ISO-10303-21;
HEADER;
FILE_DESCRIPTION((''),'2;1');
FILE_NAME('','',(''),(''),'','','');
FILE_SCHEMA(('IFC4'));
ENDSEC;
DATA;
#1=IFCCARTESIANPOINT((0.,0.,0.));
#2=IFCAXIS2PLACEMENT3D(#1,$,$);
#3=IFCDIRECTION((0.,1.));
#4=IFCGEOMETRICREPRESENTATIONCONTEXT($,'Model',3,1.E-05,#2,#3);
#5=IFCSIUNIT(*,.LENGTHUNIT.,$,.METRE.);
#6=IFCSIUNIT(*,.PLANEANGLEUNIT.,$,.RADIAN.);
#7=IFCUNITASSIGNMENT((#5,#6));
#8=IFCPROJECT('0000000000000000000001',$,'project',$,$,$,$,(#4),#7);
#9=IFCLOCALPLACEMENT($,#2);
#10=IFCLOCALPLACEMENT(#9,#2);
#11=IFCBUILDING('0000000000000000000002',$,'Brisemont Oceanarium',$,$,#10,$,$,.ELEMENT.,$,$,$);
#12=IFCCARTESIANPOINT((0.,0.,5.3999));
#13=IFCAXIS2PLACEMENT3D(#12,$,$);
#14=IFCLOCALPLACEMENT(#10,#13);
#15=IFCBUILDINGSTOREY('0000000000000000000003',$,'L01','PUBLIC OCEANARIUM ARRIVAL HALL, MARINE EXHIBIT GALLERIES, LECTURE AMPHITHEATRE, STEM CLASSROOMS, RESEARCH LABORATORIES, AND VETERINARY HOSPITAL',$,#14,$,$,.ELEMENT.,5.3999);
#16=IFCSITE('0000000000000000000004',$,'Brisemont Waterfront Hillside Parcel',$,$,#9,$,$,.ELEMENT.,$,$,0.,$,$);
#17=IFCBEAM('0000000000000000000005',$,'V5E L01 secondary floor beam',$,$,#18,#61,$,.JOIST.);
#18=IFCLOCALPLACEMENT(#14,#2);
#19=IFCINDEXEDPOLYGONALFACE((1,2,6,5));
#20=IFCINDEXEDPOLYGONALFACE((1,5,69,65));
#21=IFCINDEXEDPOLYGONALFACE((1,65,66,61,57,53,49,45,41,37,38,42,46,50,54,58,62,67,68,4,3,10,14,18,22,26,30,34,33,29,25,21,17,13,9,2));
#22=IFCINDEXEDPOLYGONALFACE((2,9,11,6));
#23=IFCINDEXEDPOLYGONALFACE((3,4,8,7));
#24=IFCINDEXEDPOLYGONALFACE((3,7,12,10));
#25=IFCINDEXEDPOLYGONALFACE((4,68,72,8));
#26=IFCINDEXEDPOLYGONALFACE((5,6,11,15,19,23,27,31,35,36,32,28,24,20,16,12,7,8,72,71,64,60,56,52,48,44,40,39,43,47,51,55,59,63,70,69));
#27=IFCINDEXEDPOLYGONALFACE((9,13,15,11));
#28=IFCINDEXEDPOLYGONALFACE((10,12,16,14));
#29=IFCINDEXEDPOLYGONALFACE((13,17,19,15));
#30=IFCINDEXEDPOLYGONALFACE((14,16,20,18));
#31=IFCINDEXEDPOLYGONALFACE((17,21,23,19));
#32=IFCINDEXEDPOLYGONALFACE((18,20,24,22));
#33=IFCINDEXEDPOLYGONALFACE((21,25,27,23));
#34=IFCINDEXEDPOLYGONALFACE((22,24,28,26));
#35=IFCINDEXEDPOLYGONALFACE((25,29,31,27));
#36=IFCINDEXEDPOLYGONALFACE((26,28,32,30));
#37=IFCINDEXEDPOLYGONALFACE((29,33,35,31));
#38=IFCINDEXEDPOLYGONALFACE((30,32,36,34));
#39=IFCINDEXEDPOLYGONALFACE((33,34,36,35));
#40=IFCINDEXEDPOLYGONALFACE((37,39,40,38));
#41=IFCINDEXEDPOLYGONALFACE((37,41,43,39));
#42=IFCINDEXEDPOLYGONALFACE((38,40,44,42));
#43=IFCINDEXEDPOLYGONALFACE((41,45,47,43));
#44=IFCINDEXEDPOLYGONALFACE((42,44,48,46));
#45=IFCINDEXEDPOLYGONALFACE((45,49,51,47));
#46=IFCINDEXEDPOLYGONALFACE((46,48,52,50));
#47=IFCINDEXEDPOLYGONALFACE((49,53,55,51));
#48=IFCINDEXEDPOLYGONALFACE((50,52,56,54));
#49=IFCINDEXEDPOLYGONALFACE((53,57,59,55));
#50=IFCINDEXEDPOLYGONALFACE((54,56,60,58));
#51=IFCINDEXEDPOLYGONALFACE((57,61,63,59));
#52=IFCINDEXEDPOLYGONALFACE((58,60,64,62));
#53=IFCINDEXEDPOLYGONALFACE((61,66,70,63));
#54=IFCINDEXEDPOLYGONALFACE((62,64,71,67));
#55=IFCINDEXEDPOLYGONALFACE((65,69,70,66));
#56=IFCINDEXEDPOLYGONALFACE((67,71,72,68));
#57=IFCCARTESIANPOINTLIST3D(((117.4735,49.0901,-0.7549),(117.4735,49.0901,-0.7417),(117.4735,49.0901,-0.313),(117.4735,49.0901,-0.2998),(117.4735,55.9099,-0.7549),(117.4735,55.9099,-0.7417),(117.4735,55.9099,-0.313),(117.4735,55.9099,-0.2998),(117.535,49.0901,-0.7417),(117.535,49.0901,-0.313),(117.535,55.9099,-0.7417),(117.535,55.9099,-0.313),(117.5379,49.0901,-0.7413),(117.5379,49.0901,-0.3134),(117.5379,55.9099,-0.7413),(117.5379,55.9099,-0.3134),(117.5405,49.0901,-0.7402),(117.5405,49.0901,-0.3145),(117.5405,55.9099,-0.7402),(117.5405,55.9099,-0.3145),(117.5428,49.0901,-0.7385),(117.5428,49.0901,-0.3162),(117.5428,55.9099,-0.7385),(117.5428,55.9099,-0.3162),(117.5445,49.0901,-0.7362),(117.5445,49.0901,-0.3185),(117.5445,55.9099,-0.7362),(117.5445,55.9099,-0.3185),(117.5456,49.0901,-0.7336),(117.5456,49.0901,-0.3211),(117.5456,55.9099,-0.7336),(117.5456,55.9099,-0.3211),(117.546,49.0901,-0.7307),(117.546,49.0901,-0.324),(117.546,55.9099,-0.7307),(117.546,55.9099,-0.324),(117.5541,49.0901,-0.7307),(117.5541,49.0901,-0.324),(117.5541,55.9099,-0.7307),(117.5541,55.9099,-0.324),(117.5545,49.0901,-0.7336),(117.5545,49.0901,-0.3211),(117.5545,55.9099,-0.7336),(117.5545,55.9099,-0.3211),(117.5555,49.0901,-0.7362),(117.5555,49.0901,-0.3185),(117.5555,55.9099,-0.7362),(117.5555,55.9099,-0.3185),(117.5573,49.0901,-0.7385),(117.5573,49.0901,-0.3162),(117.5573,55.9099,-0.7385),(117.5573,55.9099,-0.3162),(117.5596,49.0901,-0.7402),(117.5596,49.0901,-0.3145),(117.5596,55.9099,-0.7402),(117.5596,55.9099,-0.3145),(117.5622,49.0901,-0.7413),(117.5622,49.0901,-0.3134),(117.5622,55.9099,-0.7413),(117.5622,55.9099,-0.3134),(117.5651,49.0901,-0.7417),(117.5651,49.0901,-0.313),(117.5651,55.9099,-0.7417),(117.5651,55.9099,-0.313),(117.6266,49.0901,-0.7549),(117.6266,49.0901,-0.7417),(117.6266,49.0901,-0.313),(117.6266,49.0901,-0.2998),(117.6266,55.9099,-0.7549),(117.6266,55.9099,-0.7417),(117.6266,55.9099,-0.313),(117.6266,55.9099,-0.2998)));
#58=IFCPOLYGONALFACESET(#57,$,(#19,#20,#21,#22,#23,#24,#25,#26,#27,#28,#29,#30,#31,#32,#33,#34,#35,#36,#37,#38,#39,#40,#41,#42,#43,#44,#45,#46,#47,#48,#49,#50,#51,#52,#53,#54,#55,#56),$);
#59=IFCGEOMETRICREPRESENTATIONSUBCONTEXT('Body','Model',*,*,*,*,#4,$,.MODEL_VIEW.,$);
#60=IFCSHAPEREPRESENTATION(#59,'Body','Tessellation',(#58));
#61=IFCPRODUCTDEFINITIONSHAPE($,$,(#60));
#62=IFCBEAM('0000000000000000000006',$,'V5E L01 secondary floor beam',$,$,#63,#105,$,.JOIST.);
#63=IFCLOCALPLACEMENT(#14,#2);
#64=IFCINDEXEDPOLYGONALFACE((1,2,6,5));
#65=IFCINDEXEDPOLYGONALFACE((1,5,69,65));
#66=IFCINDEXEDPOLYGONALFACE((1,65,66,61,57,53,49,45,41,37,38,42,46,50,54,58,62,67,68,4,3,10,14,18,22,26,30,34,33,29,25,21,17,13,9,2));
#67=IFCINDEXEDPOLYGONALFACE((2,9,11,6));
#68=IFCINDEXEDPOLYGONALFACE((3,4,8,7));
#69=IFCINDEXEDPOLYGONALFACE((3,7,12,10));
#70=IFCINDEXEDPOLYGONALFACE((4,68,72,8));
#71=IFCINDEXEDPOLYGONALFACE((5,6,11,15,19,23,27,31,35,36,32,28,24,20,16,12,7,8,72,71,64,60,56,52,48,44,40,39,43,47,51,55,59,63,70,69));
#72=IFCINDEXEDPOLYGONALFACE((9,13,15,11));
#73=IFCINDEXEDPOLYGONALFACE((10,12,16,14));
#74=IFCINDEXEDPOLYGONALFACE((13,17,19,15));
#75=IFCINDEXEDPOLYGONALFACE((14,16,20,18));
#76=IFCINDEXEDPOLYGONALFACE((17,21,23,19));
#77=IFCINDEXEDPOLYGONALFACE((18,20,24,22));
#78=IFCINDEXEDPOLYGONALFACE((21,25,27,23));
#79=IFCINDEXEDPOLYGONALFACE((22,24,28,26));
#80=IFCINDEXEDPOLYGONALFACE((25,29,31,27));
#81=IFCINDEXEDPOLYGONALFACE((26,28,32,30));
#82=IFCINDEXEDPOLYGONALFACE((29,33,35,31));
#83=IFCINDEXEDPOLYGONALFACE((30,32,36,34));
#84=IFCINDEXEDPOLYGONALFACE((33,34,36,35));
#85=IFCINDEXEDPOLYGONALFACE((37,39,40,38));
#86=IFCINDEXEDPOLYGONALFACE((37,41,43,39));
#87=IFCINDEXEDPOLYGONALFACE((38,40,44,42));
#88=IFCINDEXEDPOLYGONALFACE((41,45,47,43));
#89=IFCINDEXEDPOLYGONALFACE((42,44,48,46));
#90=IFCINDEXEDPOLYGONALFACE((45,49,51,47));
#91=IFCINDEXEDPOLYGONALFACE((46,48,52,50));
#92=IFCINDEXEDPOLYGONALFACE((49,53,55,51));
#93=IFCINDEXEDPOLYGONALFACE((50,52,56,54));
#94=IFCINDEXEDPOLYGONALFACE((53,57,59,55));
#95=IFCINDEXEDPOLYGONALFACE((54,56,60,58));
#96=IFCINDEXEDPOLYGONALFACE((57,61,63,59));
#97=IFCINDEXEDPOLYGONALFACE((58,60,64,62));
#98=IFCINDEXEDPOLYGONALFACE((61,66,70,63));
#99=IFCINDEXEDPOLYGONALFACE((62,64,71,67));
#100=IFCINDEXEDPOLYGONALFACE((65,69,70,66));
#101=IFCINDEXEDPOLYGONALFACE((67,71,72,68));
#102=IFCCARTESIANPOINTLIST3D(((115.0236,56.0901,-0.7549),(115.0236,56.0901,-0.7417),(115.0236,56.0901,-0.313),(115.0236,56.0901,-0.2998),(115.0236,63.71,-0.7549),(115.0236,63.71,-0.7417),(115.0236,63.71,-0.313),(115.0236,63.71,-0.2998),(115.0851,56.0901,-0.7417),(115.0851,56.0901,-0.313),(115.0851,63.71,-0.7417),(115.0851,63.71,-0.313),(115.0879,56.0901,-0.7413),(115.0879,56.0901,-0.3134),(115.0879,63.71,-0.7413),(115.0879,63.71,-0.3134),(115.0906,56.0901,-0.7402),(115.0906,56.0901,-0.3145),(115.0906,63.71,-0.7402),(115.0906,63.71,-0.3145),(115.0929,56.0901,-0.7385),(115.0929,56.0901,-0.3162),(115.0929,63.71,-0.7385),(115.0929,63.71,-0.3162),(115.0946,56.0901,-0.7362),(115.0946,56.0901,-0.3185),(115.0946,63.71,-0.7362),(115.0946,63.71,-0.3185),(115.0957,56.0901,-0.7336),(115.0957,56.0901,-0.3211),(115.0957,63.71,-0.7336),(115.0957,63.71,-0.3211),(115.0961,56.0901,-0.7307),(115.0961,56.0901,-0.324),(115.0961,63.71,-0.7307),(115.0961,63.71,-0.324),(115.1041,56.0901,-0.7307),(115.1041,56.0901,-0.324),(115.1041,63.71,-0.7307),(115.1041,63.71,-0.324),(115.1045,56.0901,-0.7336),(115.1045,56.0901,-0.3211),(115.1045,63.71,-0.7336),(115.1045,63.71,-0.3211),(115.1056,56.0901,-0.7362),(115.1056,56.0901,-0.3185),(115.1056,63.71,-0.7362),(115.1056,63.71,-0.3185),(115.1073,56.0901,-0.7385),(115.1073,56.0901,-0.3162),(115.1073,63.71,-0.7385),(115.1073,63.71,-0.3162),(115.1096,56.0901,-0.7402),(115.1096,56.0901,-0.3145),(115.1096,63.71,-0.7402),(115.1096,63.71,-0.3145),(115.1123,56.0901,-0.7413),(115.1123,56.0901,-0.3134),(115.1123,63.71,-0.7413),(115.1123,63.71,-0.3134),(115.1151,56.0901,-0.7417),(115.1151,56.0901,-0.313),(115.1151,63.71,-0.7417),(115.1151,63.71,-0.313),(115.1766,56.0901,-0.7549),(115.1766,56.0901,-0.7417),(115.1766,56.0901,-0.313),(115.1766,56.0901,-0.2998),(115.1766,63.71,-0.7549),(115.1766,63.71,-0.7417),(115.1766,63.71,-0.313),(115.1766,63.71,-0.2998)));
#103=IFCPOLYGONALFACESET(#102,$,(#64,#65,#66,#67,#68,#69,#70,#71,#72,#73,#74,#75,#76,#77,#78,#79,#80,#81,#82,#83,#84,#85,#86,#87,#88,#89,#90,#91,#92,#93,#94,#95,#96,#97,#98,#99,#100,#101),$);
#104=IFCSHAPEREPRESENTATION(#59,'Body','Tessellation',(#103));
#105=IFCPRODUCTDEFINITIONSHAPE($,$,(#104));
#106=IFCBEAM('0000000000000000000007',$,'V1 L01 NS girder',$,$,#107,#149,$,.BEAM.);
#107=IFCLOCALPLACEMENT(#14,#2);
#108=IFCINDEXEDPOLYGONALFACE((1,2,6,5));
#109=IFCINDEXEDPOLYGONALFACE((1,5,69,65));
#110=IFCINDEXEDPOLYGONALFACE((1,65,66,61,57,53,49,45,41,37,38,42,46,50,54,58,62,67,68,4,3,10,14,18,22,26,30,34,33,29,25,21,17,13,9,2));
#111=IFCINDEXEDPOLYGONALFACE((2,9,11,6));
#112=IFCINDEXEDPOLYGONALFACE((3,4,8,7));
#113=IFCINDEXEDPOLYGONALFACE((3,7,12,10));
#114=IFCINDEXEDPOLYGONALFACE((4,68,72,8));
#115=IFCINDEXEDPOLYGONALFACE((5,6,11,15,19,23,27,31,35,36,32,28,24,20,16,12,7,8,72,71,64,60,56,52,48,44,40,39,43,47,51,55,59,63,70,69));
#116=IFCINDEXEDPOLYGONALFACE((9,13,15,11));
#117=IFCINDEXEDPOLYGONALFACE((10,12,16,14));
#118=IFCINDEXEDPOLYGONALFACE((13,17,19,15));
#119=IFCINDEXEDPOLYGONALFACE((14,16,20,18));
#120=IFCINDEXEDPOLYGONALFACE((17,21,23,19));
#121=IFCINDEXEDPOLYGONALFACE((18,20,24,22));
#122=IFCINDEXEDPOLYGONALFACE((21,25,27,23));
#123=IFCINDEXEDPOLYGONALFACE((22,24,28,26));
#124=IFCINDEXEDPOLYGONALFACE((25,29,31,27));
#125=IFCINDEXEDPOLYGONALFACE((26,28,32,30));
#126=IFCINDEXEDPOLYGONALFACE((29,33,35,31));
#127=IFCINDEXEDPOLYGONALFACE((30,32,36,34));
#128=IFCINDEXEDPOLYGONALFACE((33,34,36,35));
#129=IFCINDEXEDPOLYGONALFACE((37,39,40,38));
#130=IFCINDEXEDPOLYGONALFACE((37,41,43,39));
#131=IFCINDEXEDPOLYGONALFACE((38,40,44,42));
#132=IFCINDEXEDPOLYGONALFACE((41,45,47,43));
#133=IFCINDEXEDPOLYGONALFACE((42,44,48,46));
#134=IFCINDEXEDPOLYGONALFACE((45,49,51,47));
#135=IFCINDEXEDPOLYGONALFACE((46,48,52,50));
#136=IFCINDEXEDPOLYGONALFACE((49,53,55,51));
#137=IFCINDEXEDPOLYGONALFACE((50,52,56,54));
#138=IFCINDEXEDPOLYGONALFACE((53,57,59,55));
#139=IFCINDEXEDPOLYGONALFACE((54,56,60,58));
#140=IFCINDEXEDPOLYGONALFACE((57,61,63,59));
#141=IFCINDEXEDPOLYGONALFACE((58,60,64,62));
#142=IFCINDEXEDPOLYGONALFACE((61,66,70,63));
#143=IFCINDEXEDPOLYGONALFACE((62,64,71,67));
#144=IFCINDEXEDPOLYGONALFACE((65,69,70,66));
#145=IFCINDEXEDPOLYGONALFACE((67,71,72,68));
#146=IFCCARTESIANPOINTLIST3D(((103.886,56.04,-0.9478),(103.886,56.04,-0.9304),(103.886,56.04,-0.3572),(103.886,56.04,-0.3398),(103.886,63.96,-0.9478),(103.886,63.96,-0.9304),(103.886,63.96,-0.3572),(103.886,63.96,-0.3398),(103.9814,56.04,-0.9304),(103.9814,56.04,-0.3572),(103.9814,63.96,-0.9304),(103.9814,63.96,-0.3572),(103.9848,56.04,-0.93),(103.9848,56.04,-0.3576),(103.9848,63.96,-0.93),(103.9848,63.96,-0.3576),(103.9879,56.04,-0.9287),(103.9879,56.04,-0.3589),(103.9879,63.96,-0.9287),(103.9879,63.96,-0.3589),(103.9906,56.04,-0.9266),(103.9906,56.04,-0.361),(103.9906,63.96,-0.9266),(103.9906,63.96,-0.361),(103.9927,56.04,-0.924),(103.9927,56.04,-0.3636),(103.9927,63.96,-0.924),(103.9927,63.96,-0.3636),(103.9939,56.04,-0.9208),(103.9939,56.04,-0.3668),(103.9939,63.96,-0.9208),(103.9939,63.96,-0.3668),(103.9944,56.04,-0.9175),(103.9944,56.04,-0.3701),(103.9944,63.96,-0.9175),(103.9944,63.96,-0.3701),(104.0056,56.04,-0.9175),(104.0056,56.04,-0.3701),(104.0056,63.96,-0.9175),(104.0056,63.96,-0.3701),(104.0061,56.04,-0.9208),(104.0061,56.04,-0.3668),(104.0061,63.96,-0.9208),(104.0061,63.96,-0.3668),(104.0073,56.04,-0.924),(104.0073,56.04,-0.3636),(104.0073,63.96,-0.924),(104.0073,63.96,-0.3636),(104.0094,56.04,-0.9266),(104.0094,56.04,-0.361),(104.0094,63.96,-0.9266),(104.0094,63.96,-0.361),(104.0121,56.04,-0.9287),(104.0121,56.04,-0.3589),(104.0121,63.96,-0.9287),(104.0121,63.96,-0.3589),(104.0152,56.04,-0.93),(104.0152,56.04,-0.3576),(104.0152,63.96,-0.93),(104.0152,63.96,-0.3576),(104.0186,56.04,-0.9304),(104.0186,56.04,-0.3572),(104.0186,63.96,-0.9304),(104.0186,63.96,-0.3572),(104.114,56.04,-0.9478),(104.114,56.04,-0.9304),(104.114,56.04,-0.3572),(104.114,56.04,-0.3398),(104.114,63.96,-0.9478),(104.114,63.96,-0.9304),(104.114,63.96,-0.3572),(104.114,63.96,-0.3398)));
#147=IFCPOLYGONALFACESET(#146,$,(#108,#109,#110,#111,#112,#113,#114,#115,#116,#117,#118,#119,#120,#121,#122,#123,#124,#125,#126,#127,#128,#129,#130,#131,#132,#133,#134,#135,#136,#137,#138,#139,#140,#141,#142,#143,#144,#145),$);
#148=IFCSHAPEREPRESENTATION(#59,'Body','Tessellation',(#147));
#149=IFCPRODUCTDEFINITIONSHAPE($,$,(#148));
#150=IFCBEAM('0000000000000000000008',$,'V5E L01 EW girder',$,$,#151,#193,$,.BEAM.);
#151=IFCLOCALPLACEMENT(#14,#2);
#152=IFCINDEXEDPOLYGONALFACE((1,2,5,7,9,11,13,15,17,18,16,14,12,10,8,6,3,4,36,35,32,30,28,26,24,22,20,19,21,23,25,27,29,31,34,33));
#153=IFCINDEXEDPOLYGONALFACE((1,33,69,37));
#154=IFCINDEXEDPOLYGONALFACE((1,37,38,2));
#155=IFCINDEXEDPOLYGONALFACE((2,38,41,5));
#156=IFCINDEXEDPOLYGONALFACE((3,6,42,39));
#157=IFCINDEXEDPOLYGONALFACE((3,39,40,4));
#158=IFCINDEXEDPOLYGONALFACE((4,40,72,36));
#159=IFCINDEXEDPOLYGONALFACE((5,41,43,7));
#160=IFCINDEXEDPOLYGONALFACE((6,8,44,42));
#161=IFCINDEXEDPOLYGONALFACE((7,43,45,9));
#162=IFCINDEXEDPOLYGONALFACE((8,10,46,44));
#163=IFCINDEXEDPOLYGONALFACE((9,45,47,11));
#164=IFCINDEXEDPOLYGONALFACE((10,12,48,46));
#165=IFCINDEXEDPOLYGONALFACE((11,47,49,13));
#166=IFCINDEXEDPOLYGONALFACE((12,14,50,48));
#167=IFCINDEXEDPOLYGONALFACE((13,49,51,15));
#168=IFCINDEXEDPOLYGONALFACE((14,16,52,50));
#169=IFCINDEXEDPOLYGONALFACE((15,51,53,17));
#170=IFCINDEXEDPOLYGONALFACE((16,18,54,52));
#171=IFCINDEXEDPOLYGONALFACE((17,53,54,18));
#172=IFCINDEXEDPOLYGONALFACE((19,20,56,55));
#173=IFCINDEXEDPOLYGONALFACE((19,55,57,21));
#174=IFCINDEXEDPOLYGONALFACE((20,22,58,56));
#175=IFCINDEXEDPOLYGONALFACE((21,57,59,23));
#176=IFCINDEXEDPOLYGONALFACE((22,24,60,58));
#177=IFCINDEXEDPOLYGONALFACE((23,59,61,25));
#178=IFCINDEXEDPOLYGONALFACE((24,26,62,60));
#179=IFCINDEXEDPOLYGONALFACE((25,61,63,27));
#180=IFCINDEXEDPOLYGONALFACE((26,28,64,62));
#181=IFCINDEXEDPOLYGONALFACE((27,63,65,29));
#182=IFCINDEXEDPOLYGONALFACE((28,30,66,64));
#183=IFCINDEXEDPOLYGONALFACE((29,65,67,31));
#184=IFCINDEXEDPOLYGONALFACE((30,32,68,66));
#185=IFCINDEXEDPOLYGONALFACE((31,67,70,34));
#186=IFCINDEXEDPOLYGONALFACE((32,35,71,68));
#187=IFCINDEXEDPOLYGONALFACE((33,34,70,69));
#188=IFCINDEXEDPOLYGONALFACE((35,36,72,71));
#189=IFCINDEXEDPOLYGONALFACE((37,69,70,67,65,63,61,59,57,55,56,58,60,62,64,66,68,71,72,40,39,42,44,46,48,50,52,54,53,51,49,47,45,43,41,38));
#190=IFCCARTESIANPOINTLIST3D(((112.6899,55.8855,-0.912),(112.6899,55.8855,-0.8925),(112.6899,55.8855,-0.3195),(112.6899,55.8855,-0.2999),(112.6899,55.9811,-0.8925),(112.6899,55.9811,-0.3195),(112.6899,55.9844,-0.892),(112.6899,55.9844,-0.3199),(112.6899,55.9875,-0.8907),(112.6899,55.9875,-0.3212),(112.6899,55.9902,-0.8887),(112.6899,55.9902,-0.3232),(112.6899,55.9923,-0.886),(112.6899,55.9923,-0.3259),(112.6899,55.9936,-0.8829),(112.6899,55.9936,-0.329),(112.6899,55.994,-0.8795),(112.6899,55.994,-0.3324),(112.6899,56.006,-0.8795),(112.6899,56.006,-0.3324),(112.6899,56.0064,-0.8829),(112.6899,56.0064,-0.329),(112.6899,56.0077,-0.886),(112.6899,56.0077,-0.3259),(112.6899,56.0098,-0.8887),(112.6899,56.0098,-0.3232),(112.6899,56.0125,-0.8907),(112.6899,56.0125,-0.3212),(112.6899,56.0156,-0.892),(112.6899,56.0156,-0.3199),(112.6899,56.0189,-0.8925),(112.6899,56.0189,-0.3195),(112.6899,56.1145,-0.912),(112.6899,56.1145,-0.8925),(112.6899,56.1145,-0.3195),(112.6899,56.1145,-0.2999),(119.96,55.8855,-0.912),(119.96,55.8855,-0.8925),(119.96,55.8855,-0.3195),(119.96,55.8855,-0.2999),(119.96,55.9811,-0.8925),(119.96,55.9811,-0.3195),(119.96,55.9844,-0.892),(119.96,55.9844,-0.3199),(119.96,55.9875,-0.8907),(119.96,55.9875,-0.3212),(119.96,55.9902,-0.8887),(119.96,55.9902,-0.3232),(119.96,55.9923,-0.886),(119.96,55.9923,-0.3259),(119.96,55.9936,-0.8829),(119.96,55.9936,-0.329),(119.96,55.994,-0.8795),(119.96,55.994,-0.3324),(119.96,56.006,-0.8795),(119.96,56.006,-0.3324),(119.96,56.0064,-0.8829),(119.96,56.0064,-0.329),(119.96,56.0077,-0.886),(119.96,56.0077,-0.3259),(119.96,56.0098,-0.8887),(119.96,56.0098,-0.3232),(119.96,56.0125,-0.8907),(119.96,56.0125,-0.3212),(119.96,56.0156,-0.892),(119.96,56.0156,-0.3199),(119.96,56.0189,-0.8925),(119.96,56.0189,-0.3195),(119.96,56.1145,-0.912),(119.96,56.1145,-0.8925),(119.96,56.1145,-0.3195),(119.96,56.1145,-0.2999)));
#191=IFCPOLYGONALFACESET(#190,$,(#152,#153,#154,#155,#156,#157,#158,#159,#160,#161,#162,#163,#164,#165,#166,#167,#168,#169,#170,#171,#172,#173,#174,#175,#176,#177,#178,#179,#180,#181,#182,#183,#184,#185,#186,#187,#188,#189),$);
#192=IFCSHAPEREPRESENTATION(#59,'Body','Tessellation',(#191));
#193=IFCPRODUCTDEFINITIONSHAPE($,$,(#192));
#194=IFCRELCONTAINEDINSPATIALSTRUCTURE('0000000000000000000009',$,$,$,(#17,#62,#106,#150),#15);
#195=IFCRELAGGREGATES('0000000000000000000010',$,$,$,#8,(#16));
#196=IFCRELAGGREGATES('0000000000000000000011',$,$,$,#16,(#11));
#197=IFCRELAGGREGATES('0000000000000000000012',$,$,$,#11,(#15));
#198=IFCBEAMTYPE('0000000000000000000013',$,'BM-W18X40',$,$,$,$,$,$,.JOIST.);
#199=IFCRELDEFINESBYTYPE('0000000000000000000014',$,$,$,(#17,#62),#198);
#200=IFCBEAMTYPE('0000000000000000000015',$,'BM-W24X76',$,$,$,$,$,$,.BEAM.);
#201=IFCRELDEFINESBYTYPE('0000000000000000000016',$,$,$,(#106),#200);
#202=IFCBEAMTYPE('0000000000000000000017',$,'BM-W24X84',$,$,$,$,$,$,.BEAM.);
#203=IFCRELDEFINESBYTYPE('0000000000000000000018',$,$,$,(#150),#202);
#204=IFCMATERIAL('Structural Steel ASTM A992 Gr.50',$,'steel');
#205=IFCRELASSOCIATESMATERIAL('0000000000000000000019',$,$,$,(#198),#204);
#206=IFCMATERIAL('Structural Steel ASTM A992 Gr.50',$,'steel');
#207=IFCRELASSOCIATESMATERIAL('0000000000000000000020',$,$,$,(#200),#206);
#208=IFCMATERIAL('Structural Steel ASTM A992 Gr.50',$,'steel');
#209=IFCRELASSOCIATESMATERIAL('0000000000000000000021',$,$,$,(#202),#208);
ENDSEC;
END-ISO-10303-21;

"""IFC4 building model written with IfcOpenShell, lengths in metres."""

from ifc_helpers import new_model, si_unit, direction, frame, origin, origin_2d, place, context, subcontext, project, spatial, i_section, extrude, material, material_profile, profile_set, type_object, element, save


model = new_model("IFC4")

# Units and contexts
model_context = context("Model", 3, precision=1e-05, world=origin(), true_north=direction((0.0, 1.0)))
body_context = subcontext(model_context, "Body", "Model", "MODEL_VIEW")
ifc_project = project(units=[si_unit("LENGTHUNIT", "METRE"), si_unit("PLANEANGLEUNIT", "RADIAN")], contexts=[model_context])

# Site, building, storey
site_placement = place(None, origin())
site = spatial("IfcSite", under=ifc_project, at=site_placement, Name="Brisemont Waterfront Hillside Parcel", CompositionType="ELEMENT", RefElevation=0.0)
building_placement = place(site_placement, origin())
building = spatial("IfcBuilding", under=site, at=building_placement, Name="Brisemont Oceanarium", CompositionType="ELEMENT")
storey_placement = place(building_placement, frame((0.0, 0.0, 5.3999)))
storey = spatial("IfcBuildingStorey", under=building, at=storey_placement, Name="L01", Description="PUBLIC OCEANARIUM ARRIVAL HALL, MARINE EXHIBIT GALLERIES, LECTURE AMPHITHEATRE, STEM CLASSROOMS, RESEARCH LABORATORIES, AND VETERINARY HOSPITAL", CompositionType="ELEMENT", Elevation=5.3999)

# Beams
ifc_material_1 = material(Name="Structural Steel ASTM A992 Gr.50", Category="steel")
ifc_material_profile_1 = material_profile(ifc_material_1, i_section(OverallWidth=0.1531, OverallDepth=0.4551, WebThickness=0.0081, FlangeThickness=0.0132, FilletRadius=0.011, at=origin_2d()), Name="W18X40")
ifc_profile_set_1 = profile_set([ifc_material_profile_1], Name="Structural Steel ASTM A992 Gr.50")
beam_type_1 = type_object("IfcBeamType", Name="BM-W18X40", PredefinedType="JOIST", material=ifc_profile_set_1)
beam_1_placement = place(storey_placement, frame((117.55, 49.0901, -0.5273), z_axis=(0.0, 1.0, 0.0), x_axis=(-1.0, 0.0, 0.0)))
element("IfcBeam", 1, at=beam_1_placement, inside=storey, type_object=beam_type_1, Name="V5E L01 secondary floor beam", PredefinedType="JOIST", context=body_context, shape_type="SweptSolid", body=[
    extrude(i_section(OverallWidth=0.1531, OverallDepth=0.4551, WebThickness=0.0081, FlangeThickness=0.0132, FilletRadius=0.011, at=origin_2d()), origin(), (0.0, 0.0, 1.0), 6.8198),
])
beam_2_placement = place(storey_placement, frame((115.1001, 56.0901, -0.5273), z_axis=(0.0, 1.0, 0.0), x_axis=(-1.0, 0.0, 0.0)))
element("IfcBeam", 2, at=beam_2_placement, inside=storey, type_object=beam_type_1, Name="V5E L01 secondary floor beam", PredefinedType="JOIST", context=body_context, shape_type="SweptSolid", body=[
    extrude(i_section(OverallWidth=0.1531, OverallDepth=0.4551, WebThickness=0.0081, FlangeThickness=0.0132, FilletRadius=0.011, at=origin_2d()), origin(), (0.0, 0.0, 1.0), 7.6199),
])
ifc_material_2 = material(Name="Structural Steel ASTM A992 Gr.50", Category="steel")
ifc_material_profile_2 = material_profile(ifc_material_2, i_section(OverallWidth=0.228, OverallDepth=0.6079, WebThickness=0.0112, FlangeThickness=0.0173, FilletRadius=0.0129, at=origin_2d()), Name="W24X76")
ifc_profile_set_2 = profile_set([ifc_material_profile_2], Name="Structural Steel ASTM A992 Gr.50")
beam_type_2 = type_object("IfcBeamType", Name="BM-W24X76", PredefinedType="BEAM", material=ifc_profile_set_2)
beam_3_placement = place(storey_placement, frame((104.0, 56.04, -0.6438), z_axis=(0.0, 1.0, 0.0), x_axis=(-1.0, 0.0, 0.0)))
element("IfcBeam", 3, at=beam_3_placement, inside=storey, type_object=beam_type_2, Name="V1 L01 NS girder", PredefinedType="BEAM", context=body_context, shape_type="SweptSolid", body=[
    extrude(i_section(OverallWidth=0.228, OverallDepth=0.6079, WebThickness=0.0112, FlangeThickness=0.0173, FilletRadius=0.0129, at=origin_2d()), origin(), (0.0, 0.0, 1.0), 7.9199),
])
ifc_material_3 = material(Name="Structural Steel ASTM A992 Gr.50", Category="steel")
ifc_material_profile_3 = material_profile(ifc_material_3, i_section(OverallWidth=0.229, OverallDepth=0.6121, WebThickness=0.012, FlangeThickness=0.0195, FilletRadius=0.0129, at=origin_2d()), Name="W24X84")
ifc_profile_set_3 = profile_set([ifc_material_profile_3], Name="Structural Steel ASTM A992 Gr.50")
beam_type_3 = type_object("IfcBeamType", Name="BM-W24X84", PredefinedType="BEAM", material=ifc_profile_set_3)
beam_4_placement = place(storey_placement, frame((112.6899, 56.0, -0.606), z_axis=(1.0, 0.0, 0.0), x_axis=(0.0, 1.0, 0.0)))
element("IfcBeam", 4, at=beam_4_placement, inside=storey, type_object=beam_type_3, Name="V5E L01 EW girder", PredefinedType="BEAM", context=body_context, shape_type="SweptSolid", body=[
    extrude(i_section(OverallWidth=0.229, OverallDepth=0.6121, WebThickness=0.012, FlangeThickness=0.0195, FilletRadius=0.0129, at=origin_2d()), origin(), (0.0, 0.0, 1.0), 7.27),
])

save(model, "model.ifc")
